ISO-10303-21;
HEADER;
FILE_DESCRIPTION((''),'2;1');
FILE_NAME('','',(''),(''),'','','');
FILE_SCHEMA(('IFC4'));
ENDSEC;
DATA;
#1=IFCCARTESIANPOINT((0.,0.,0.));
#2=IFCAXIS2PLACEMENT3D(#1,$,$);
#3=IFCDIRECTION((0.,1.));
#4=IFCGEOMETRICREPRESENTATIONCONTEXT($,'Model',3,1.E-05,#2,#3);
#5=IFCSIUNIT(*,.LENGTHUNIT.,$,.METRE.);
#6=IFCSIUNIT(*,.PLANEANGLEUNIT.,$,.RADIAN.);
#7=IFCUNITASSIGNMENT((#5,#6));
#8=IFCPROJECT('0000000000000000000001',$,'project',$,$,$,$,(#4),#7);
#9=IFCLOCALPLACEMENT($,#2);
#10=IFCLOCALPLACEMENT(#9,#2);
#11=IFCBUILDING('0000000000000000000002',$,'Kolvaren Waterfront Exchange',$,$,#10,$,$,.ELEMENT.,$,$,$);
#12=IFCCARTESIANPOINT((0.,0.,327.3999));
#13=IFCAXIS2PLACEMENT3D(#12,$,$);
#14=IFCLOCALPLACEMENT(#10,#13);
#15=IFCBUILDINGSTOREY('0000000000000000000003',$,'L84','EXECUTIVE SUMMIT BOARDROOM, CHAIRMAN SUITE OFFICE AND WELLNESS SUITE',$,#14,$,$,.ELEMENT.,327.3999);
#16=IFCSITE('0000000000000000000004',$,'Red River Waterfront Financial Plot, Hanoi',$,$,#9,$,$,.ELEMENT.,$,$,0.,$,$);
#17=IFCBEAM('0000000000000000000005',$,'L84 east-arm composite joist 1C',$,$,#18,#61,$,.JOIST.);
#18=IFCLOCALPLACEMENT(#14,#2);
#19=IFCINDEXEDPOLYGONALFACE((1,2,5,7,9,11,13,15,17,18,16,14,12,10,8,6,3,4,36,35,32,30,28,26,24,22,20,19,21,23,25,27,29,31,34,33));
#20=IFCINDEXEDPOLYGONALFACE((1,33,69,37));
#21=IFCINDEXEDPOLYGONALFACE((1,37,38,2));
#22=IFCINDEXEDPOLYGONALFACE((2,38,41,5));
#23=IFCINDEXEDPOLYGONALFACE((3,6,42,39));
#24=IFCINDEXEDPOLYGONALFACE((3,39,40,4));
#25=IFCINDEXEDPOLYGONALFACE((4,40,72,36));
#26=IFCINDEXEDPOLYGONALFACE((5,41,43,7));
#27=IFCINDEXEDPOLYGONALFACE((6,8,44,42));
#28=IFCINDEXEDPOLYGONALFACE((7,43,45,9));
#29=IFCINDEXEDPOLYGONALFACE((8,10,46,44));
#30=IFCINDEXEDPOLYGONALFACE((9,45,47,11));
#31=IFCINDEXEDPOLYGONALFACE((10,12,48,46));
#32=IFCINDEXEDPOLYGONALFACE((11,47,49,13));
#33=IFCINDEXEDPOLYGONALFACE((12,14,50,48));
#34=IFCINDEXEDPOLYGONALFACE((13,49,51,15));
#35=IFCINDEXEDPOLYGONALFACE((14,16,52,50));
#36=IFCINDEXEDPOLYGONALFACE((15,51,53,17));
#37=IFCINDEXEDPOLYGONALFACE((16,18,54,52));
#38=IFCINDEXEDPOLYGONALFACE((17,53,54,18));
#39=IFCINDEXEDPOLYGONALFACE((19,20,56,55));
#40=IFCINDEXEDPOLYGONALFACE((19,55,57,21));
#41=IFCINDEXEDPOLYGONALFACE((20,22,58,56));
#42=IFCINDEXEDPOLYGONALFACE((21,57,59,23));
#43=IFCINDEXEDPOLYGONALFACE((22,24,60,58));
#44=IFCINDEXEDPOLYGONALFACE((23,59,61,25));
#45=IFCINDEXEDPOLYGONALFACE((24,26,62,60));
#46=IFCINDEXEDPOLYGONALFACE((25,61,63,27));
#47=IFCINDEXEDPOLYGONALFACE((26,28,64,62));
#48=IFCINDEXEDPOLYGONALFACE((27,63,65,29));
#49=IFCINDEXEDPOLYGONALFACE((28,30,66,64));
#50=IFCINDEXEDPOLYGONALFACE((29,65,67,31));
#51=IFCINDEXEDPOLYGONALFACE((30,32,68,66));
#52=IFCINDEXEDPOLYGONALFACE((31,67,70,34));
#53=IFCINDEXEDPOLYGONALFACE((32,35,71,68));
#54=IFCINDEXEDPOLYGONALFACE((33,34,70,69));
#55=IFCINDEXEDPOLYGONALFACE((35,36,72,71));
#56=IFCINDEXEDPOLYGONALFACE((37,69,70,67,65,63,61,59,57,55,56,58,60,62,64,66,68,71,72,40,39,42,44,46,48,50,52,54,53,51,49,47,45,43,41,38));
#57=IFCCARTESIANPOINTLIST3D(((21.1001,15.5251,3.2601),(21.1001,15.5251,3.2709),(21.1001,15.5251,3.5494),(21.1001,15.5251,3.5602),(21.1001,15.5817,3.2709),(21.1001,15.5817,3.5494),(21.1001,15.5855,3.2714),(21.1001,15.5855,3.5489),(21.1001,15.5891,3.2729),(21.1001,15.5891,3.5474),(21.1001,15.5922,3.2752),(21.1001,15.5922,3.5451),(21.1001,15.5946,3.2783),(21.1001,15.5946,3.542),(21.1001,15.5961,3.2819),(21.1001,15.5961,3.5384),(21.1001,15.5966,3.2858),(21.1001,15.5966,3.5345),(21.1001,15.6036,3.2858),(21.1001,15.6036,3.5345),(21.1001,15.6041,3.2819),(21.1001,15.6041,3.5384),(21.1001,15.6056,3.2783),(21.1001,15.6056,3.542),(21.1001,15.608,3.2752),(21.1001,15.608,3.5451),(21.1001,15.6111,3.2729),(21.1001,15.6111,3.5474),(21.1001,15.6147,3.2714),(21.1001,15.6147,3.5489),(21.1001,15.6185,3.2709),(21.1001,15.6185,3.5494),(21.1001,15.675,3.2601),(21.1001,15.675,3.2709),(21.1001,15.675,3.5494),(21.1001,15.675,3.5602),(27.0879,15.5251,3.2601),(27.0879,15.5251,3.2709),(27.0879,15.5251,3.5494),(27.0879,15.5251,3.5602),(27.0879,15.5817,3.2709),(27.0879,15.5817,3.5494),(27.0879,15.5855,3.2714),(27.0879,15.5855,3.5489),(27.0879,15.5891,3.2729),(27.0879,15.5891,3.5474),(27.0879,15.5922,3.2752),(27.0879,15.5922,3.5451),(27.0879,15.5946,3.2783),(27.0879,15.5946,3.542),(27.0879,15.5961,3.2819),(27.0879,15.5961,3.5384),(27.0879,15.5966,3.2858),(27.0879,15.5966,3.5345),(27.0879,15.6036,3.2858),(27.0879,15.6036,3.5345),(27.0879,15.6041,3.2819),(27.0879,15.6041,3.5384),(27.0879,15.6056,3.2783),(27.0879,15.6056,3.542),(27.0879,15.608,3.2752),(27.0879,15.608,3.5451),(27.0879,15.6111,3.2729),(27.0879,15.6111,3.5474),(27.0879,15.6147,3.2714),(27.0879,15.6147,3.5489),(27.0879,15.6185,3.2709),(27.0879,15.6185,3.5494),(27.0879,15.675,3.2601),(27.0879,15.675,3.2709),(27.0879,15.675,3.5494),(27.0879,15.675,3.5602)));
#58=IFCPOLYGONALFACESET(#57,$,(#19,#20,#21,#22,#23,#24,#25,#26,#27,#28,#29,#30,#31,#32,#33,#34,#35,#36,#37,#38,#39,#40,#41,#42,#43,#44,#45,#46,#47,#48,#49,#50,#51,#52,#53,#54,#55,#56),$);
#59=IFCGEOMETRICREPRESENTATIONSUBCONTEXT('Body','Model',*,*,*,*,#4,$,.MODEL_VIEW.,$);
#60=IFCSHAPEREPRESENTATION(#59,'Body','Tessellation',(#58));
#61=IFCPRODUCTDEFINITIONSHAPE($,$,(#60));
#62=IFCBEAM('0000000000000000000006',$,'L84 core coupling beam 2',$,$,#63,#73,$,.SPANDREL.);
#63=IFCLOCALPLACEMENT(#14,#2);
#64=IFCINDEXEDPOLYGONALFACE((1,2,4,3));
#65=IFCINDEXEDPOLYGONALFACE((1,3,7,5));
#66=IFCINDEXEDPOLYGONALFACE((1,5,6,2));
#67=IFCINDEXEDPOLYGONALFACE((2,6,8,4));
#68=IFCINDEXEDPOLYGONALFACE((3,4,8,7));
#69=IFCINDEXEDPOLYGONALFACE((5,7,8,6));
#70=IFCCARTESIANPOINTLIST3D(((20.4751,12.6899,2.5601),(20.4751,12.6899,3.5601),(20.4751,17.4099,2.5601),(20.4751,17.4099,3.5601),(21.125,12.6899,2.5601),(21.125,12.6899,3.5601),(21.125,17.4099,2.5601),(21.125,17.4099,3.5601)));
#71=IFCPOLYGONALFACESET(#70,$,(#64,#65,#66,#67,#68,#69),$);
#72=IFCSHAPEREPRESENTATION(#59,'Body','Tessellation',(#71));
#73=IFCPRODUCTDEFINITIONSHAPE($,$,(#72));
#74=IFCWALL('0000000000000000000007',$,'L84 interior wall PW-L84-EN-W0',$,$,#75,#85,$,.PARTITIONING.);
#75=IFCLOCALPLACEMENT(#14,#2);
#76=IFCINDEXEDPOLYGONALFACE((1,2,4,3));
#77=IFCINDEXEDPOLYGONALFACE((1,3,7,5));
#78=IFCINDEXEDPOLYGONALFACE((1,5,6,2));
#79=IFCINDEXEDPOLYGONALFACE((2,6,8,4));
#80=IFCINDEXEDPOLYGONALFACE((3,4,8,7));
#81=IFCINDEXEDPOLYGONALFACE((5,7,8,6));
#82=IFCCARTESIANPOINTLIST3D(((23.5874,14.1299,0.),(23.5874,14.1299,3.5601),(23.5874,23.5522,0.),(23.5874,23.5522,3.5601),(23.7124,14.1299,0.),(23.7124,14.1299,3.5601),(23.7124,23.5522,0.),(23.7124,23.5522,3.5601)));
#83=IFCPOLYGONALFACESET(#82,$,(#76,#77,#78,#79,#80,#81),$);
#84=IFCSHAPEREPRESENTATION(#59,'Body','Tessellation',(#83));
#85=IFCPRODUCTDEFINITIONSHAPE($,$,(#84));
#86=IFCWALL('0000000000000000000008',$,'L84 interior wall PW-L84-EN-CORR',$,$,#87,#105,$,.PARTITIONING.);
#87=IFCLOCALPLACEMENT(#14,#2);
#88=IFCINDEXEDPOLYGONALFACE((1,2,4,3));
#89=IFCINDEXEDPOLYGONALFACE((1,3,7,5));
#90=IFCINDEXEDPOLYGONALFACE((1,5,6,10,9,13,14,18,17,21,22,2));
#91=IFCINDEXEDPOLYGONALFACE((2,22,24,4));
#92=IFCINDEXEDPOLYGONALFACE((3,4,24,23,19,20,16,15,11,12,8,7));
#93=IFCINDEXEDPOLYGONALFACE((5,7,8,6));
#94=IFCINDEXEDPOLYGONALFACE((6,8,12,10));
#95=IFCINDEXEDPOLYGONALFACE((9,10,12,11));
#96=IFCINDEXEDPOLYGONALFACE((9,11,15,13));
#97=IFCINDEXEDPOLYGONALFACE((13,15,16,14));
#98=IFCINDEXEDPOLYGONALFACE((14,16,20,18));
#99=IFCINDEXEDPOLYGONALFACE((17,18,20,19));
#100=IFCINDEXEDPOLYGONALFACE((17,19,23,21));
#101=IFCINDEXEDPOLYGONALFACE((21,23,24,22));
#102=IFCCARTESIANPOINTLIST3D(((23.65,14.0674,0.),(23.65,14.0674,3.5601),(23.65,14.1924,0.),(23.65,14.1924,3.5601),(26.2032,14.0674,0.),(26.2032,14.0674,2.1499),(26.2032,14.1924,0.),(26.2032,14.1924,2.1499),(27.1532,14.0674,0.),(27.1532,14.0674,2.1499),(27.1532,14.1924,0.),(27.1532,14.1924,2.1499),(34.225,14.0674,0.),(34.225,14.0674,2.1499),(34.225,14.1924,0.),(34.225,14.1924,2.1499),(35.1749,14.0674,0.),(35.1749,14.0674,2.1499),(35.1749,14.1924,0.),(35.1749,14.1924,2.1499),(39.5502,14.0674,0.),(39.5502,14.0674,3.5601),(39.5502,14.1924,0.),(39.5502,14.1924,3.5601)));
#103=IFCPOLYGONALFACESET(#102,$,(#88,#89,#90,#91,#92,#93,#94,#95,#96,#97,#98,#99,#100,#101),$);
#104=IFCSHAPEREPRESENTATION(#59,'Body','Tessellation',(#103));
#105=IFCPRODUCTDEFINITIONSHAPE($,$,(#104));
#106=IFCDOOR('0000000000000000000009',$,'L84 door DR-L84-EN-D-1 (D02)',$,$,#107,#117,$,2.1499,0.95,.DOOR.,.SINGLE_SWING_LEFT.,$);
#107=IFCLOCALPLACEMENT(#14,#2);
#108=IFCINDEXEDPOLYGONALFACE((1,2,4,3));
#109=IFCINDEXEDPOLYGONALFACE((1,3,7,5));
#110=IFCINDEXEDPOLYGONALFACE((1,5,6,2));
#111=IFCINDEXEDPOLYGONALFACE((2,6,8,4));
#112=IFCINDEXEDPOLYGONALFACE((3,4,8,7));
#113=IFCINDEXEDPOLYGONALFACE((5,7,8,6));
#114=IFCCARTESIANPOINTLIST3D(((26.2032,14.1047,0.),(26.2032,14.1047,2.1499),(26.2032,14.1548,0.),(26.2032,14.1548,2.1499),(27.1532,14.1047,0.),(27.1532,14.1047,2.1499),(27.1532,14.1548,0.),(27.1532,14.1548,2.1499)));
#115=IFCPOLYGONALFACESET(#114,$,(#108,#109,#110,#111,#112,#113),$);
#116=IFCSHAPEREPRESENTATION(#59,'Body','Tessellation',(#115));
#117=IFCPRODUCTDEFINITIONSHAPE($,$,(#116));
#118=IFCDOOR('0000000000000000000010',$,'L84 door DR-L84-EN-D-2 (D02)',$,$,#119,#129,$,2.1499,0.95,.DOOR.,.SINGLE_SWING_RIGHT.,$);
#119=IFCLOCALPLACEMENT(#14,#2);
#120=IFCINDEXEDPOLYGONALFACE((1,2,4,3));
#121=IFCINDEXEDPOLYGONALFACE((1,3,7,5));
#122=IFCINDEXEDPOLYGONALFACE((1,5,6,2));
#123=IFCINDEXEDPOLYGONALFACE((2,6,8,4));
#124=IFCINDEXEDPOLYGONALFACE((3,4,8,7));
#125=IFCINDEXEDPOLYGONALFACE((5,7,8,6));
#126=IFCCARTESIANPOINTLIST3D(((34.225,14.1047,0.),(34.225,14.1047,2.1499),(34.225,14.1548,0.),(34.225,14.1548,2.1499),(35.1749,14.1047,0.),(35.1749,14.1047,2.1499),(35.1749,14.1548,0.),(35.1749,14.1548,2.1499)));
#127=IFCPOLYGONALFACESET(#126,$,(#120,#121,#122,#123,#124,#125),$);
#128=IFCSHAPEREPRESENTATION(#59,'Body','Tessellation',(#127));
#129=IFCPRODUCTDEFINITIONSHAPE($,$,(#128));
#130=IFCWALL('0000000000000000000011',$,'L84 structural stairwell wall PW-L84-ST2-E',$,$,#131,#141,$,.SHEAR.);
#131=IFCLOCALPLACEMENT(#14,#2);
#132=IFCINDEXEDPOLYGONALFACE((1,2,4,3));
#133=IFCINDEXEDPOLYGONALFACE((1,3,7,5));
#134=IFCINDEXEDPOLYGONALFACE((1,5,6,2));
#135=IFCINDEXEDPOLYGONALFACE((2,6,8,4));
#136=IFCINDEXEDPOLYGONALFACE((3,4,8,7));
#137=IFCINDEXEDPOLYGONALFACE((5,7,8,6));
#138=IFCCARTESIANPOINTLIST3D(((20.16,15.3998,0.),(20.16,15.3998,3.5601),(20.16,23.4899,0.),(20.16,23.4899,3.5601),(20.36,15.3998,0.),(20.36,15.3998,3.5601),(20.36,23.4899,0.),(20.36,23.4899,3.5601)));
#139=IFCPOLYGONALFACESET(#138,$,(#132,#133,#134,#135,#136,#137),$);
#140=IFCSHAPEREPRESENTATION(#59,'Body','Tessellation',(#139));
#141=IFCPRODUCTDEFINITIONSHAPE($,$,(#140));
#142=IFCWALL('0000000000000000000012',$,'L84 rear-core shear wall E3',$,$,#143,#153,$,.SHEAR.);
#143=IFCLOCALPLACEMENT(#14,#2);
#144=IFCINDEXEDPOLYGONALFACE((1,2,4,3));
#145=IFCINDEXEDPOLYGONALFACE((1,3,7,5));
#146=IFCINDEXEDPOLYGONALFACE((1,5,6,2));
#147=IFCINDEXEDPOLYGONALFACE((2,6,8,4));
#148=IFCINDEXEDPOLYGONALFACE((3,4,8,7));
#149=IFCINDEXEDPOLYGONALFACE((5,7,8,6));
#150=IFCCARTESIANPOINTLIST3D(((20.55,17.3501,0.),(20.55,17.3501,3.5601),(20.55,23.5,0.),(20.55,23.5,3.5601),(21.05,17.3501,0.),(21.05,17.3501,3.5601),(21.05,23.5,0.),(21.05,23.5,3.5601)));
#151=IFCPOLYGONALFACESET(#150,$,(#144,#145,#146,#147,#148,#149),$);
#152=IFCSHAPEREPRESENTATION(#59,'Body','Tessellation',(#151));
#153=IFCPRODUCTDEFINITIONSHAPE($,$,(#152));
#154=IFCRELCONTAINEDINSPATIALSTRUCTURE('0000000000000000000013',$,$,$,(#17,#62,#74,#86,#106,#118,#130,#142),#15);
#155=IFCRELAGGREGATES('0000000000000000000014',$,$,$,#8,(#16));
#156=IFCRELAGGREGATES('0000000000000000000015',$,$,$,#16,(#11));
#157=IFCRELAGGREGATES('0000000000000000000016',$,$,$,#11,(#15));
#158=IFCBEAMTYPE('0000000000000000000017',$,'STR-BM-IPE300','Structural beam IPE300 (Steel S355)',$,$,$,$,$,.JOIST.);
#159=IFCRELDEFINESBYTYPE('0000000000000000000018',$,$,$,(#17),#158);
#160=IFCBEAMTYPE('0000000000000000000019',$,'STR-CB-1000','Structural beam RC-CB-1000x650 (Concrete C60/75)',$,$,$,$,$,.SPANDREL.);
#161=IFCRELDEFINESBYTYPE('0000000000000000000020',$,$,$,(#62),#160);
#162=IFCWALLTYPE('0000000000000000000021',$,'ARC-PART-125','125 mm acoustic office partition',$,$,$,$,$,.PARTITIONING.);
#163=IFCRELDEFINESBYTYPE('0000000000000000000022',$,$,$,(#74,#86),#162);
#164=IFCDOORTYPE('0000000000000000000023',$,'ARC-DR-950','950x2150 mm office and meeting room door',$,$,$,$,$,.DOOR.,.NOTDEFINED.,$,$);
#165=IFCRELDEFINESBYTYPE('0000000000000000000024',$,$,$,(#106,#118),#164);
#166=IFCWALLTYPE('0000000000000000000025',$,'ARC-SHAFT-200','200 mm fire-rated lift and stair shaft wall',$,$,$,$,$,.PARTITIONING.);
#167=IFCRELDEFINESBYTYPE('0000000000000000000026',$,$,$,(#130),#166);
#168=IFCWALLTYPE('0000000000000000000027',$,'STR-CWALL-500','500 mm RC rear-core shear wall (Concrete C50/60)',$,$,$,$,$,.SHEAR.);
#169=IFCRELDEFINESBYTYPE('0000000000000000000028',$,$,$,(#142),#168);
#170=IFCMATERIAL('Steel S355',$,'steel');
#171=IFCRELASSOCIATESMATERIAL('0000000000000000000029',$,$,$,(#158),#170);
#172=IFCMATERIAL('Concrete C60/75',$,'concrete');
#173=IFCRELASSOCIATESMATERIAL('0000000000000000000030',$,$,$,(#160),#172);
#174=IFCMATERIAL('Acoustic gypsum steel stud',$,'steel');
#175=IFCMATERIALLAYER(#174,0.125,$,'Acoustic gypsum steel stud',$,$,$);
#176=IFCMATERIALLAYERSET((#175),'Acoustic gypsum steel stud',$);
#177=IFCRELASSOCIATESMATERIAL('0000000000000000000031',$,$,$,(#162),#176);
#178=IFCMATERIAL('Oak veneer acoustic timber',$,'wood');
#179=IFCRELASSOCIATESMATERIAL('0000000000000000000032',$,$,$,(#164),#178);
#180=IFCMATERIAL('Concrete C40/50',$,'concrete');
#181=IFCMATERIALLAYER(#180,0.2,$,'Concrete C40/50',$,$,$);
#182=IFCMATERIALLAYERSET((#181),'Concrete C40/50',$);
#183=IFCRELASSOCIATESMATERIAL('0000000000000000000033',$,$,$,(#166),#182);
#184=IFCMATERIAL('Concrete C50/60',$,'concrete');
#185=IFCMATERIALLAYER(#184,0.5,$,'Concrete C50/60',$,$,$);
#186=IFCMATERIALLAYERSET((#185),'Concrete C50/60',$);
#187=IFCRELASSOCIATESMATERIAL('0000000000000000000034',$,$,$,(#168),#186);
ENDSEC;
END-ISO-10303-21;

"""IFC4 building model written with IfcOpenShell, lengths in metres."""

from ifc_helpers import new_model, si_unit, direction, frame, frame_2d, origin, origin_2d, place, context, subcontext, project, spatial, rectangle, i_section, extrude, material, layer, layer_set, material_profile, profile_set, type_object, element, fill, save


model = new_model("IFC4")

# Units and contexts
model_context = context("Model", 3, precision=1e-05, world=origin(), true_north=direction((0.0, 1.0)))
body_context = subcontext(model_context, "Body", "Model", "MODEL_VIEW")
ifc_project = project(units=[si_unit("LENGTHUNIT", "METRE"), si_unit("PLANEANGLEUNIT", "RADIAN")], contexts=[model_context])

# Site, building, storey
site_placement = place(None, origin())
site = spatial("IfcSite", under=ifc_project, at=site_placement, Name="Red River Waterfront Financial Plot, Hanoi", CompositionType="ELEMENT", RefElevation=0.0)
building_placement = place(site_placement, origin())
building = spatial("IfcBuilding", under=site, at=building_placement, Name="Kolvaren Waterfront Exchange", CompositionType="ELEMENT")
storey_placement = place(building_placement, frame((0.0, 0.0, 327.3999)))
storey = spatial("IfcBuildingStorey", under=building, at=storey_placement, Name="L84", Description="EXECUTIVE SUMMIT BOARDROOM, CHAIRMAN SUITE OFFICE AND WELLNESS SUITE", CompositionType="ELEMENT", Elevation=327.3999)

# Shared definitions
ifc_material_1 = material(Name="Concrete C50/60", Category="concrete")

# Beams
ifc_material_2 = material(Name="Steel S355", Category="steel")
ifc_material_profile_1 = material_profile(ifc_material_2, i_section(OverallWidth=0.1499, OverallDepth=0.3, WebThickness=0.0071, FlangeThickness=0.0107, FilletRadius=0.0149, at=origin_2d()), Name="IPE300")
ifc_profile_set_1 = profile_set([ifc_material_profile_1], Name="Steel S355")
beam_type_1 = type_object("IfcBeamType", Name="STR-BM-IPE300", Description="Structural beam IPE300 (Steel S355)", PredefinedType="JOIST", material=ifc_profile_set_1)
for number, where, z_axis, x_axis, name in (
    (1, (21.1001, 15.6001, 3.4102), (1.0, 0.0, 0.0), (0.0, 1.0, 0.0), "L84 east-arm composite joist 1C"),
):
    element("IfcBeam", number, at=place(storey_placement, frame(where, z_axis=z_axis, x_axis=x_axis)), inside=storey, type_object=beam_type_1, Name=name, PredefinedType="JOIST", context=body_context, shape_type="SweptSolid", body=[
        extrude(i_section(OverallWidth=0.1499, OverallDepth=0.3, WebThickness=0.0071, FlangeThickness=0.0107, FilletRadius=0.0149, at=origin_2d()), origin(), (0.0, 0.0, 1.0), 5.9878),
    ])
ifc_material_3 = material(Name="Concrete C60/75", Category="concrete")
ifc_material_profile_2 = material_profile(ifc_material_3, rectangle(XDim=0.6499, YDim=1.0, at=origin_2d()), Name="RC-CB-1000x650")
ifc_profile_set_2 = profile_set([ifc_material_profile_2], Name="Concrete C60/75")
beam_type_2 = type_object("IfcBeamType", Name="STR-CB-1000", Description="Structural beam RC-CB-1000x650 (Concrete C60/75)", PredefinedType="SPANDREL", material=ifc_profile_set_2)
beam_1_placement = place(storey_placement, frame((20.8, 12.6899, 3.0601), z_axis=(0.0, 1.0, 0.0), x_axis=(-1.0, 0.0, 0.0)))
element("IfcBeam", 2, at=beam_1_placement, inside=storey, type_object=beam_type_2, Name="L84 core coupling beam 2", PredefinedType="SPANDREL", context=body_context, shape_type="SweptSolid", body=[
    extrude(rectangle(XDim=0.6499, YDim=1.0, at=origin_2d()), origin(), (0.0, 0.0, 1.0), 4.72),
])

# Shared definitions
ifc_material_4 = material(Name="Acoustic gypsum steel stud", Category="steel")
ifc_layer_1 = layer(ifc_material_4, 0.125, Name="Acoustic gypsum steel stud")
ifc_layer_set_1 = layer_set([ifc_layer_1], Name="Acoustic gypsum steel stud")
wall_type_1 = type_object("IfcWallType", Name="ARC-PART-125", Description="125 mm acoustic office partition", PredefinedType="PARTITIONING", material=ifc_layer_set_1)
ifc_material_5 = material(Name="Oak veneer acoustic timber", Category="wood")
door_type_1 = type_object("IfcDoorType", Name="ARC-DR-950", Description="950x2150 mm office and meeting room door", OperationType="NOTDEFINED", PredefinedType="DOOR", material=ifc_material_5)

# Wall
wall_1_placement = place(storey_placement, frame((23.6499, 14.1299, 0.0), z_axis=(0.0, 0.0, 1.0), x_axis=(0.0, 1.0, 0.0)))
element("IfcWall", 3, at=wall_1_placement, inside=storey, type_object=wall_type_1, Name="L84 interior wall PW-L84-EN-W0", PredefinedType="PARTITIONING", context=body_context, shape_type="SweptSolid", body=[
    extrude(rectangle(XDim=9.4224, YDim=0.125, at=frame_2d((4.7112, 0.0))), origin(), (0.0, 0.0, 1.0), 3.5601),
])

# Wall, openings, doors
wall_2_placement = place(storey_placement, frame((23.6499, 14.1299, 0.0), z_axis=(0.0, 0.0, 1.0), x_axis=(1.0, 0.0, 0.0)))
wall_2 = element("IfcWall", 4, at=wall_2_placement, inside=storey, type_object=wall_type_1, Name="L84 interior wall PW-L84-EN-CORR", PredefinedType="PARTITIONING", context=body_context, shape_type="SweptSolid", body=[
    extrude(rectangle(XDim=15.9001, YDim=0.125, at=frame_2d((7.9502, 0.0))), origin(), (0.0, 0.0, 1.0), 3.5601),
])
opening_1_placement = place(wall_2_placement, frame((2.5532, 0.0, 0.0)))
opening_1 = element("IfcOpeningElement", 5, at=opening_1_placement, cuts=wall_2, PredefinedType="OPENING", context=body_context, shape_type="SweptSolid", body=[
    extrude(rectangle(XDim=0.95, YDim=2.1499, at=frame_2d((0.4751, 1.075))), frame((0.0, 0.0725, 0.0), z_axis=(0.0, -1.0, 0.0), x_axis=(1.0, 0.0, 0.0)), (0.0, 0.0, 1.0), 0.145),
])
opening_2_placement = place(wall_2_placement, frame((10.575, 0.0, 0.0)))
opening_2 = element("IfcOpeningElement", 6, at=opening_2_placement, cuts=wall_2, PredefinedType="OPENING", context=body_context, shape_type="SweptSolid", body=[
    extrude(rectangle(XDim=0.95, YDim=2.1499, at=frame_2d((0.4751, 1.075))), frame((0.0, 0.0725, 0.0), z_axis=(0.0, -1.0, 0.0), x_axis=(1.0, 0.0, 0.0)), (0.0, 0.0, 1.0), 0.145),
])
door_1_placement = place(opening_1_placement, origin())
door_1 = element("IfcDoor", 7, at=door_1_placement, inside=storey, type_object=door_type_1, Name="L84 door DR-L84-EN-D-1 (D02)", OperationType="SINGLE_SWING_LEFT", OverallHeight=2.1499, OverallWidth=0.95, PredefinedType="DOOR", context=body_context, shape_type="SweptSolid", body=[
    extrude(rectangle(XDim=0.95, YDim=2.1499, at=frame_2d((0.4751, 1.075))), frame((0.0, 0.0249, 0.0), z_axis=(0.0, -1.0, 0.0), x_axis=(1.0, 0.0, 0.0)), (0.0, 0.0, 1.0), 0.05),
])
fill(opening_1, door_1)
door_2_placement = place(opening_2_placement, origin())
door_2 = element("IfcDoor", 8, at=door_2_placement, inside=storey, type_object=door_type_1, Name="L84 door DR-L84-EN-D-2 (D02)", OperationType="SINGLE_SWING_RIGHT", OverallHeight=2.1499, OverallWidth=0.95, PredefinedType="DOOR", context=body_context, shape_type="SweptSolid", body=[
    extrude(rectangle(XDim=0.95, YDim=2.1499, at=frame_2d((0.4751, 1.075))), frame((0.0, 0.0249, 0.0), z_axis=(0.0, -1.0, 0.0), x_axis=(1.0, 0.0, 0.0)), (0.0, 0.0, 1.0), 0.05),
])
fill(opening_2, door_2)

# Walls
ifc_material_6 = material(Name="Concrete C40/50", Category="concrete")
ifc_layer_2 = layer(ifc_material_6, 0.2, Name="Concrete C40/50")
ifc_layer_set_2 = layer_set([ifc_layer_2], Name="Concrete C40/50")
wall_type_2 = type_object("IfcWallType", Name="ARC-SHAFT-200", Description="200 mm fire-rated lift and stair shaft wall", PredefinedType="PARTITIONING", material=ifc_layer_set_2)
wall_3_placement = place(storey_placement, frame((20.26, 15.3999, 0.0), z_axis=(0.0, 0.0, 1.0), x_axis=(0.0, 1.0, 0.0)))
element("IfcWall", 9, at=wall_3_placement, inside=storey, type_object=wall_type_2, Name="L84 structural stairwell wall PW-L84-ST2-E", PredefinedType="SHEAR", context=body_context, shape_type="SweptSolid", body=[
    extrude(rectangle(XDim=8.0901, YDim=0.2, at=frame_2d((4.0449, 0.0))), origin(), (0.0, 0.0, 1.0), 3.5601),
])
ifc_layer_3 = layer(ifc_material_1, 0.5, Name="Concrete C50/60")
ifc_layer_set_3 = layer_set([ifc_layer_3], Name="Concrete C50/60")
wall_type_3 = type_object("IfcWallType", Name="STR-CWALL-500", Description="500 mm RC rear-core shear wall (Concrete C50/60)", PredefinedType="SHEAR", material=ifc_layer_set_3)
wall_4_placement = place(storey_placement, frame((20.8, 17.3501, 0.0), z_axis=(0.0, 0.0, 1.0), x_axis=(0.0, 1.0, 0.0)))
element("IfcWall", 10, at=wall_4_placement, inside=storey, type_object=wall_type_3, Name="L84 rear-core shear wall E3", PredefinedType="SHEAR", context=body_context, shape_type="SweptSolid", body=[
    extrude(rectangle(XDim=6.1499, YDim=0.5, at=frame_2d((3.075, 0.0))), origin(), (0.0, 0.0, 1.0), 3.5601),
])

save(model, "model.ifc")
